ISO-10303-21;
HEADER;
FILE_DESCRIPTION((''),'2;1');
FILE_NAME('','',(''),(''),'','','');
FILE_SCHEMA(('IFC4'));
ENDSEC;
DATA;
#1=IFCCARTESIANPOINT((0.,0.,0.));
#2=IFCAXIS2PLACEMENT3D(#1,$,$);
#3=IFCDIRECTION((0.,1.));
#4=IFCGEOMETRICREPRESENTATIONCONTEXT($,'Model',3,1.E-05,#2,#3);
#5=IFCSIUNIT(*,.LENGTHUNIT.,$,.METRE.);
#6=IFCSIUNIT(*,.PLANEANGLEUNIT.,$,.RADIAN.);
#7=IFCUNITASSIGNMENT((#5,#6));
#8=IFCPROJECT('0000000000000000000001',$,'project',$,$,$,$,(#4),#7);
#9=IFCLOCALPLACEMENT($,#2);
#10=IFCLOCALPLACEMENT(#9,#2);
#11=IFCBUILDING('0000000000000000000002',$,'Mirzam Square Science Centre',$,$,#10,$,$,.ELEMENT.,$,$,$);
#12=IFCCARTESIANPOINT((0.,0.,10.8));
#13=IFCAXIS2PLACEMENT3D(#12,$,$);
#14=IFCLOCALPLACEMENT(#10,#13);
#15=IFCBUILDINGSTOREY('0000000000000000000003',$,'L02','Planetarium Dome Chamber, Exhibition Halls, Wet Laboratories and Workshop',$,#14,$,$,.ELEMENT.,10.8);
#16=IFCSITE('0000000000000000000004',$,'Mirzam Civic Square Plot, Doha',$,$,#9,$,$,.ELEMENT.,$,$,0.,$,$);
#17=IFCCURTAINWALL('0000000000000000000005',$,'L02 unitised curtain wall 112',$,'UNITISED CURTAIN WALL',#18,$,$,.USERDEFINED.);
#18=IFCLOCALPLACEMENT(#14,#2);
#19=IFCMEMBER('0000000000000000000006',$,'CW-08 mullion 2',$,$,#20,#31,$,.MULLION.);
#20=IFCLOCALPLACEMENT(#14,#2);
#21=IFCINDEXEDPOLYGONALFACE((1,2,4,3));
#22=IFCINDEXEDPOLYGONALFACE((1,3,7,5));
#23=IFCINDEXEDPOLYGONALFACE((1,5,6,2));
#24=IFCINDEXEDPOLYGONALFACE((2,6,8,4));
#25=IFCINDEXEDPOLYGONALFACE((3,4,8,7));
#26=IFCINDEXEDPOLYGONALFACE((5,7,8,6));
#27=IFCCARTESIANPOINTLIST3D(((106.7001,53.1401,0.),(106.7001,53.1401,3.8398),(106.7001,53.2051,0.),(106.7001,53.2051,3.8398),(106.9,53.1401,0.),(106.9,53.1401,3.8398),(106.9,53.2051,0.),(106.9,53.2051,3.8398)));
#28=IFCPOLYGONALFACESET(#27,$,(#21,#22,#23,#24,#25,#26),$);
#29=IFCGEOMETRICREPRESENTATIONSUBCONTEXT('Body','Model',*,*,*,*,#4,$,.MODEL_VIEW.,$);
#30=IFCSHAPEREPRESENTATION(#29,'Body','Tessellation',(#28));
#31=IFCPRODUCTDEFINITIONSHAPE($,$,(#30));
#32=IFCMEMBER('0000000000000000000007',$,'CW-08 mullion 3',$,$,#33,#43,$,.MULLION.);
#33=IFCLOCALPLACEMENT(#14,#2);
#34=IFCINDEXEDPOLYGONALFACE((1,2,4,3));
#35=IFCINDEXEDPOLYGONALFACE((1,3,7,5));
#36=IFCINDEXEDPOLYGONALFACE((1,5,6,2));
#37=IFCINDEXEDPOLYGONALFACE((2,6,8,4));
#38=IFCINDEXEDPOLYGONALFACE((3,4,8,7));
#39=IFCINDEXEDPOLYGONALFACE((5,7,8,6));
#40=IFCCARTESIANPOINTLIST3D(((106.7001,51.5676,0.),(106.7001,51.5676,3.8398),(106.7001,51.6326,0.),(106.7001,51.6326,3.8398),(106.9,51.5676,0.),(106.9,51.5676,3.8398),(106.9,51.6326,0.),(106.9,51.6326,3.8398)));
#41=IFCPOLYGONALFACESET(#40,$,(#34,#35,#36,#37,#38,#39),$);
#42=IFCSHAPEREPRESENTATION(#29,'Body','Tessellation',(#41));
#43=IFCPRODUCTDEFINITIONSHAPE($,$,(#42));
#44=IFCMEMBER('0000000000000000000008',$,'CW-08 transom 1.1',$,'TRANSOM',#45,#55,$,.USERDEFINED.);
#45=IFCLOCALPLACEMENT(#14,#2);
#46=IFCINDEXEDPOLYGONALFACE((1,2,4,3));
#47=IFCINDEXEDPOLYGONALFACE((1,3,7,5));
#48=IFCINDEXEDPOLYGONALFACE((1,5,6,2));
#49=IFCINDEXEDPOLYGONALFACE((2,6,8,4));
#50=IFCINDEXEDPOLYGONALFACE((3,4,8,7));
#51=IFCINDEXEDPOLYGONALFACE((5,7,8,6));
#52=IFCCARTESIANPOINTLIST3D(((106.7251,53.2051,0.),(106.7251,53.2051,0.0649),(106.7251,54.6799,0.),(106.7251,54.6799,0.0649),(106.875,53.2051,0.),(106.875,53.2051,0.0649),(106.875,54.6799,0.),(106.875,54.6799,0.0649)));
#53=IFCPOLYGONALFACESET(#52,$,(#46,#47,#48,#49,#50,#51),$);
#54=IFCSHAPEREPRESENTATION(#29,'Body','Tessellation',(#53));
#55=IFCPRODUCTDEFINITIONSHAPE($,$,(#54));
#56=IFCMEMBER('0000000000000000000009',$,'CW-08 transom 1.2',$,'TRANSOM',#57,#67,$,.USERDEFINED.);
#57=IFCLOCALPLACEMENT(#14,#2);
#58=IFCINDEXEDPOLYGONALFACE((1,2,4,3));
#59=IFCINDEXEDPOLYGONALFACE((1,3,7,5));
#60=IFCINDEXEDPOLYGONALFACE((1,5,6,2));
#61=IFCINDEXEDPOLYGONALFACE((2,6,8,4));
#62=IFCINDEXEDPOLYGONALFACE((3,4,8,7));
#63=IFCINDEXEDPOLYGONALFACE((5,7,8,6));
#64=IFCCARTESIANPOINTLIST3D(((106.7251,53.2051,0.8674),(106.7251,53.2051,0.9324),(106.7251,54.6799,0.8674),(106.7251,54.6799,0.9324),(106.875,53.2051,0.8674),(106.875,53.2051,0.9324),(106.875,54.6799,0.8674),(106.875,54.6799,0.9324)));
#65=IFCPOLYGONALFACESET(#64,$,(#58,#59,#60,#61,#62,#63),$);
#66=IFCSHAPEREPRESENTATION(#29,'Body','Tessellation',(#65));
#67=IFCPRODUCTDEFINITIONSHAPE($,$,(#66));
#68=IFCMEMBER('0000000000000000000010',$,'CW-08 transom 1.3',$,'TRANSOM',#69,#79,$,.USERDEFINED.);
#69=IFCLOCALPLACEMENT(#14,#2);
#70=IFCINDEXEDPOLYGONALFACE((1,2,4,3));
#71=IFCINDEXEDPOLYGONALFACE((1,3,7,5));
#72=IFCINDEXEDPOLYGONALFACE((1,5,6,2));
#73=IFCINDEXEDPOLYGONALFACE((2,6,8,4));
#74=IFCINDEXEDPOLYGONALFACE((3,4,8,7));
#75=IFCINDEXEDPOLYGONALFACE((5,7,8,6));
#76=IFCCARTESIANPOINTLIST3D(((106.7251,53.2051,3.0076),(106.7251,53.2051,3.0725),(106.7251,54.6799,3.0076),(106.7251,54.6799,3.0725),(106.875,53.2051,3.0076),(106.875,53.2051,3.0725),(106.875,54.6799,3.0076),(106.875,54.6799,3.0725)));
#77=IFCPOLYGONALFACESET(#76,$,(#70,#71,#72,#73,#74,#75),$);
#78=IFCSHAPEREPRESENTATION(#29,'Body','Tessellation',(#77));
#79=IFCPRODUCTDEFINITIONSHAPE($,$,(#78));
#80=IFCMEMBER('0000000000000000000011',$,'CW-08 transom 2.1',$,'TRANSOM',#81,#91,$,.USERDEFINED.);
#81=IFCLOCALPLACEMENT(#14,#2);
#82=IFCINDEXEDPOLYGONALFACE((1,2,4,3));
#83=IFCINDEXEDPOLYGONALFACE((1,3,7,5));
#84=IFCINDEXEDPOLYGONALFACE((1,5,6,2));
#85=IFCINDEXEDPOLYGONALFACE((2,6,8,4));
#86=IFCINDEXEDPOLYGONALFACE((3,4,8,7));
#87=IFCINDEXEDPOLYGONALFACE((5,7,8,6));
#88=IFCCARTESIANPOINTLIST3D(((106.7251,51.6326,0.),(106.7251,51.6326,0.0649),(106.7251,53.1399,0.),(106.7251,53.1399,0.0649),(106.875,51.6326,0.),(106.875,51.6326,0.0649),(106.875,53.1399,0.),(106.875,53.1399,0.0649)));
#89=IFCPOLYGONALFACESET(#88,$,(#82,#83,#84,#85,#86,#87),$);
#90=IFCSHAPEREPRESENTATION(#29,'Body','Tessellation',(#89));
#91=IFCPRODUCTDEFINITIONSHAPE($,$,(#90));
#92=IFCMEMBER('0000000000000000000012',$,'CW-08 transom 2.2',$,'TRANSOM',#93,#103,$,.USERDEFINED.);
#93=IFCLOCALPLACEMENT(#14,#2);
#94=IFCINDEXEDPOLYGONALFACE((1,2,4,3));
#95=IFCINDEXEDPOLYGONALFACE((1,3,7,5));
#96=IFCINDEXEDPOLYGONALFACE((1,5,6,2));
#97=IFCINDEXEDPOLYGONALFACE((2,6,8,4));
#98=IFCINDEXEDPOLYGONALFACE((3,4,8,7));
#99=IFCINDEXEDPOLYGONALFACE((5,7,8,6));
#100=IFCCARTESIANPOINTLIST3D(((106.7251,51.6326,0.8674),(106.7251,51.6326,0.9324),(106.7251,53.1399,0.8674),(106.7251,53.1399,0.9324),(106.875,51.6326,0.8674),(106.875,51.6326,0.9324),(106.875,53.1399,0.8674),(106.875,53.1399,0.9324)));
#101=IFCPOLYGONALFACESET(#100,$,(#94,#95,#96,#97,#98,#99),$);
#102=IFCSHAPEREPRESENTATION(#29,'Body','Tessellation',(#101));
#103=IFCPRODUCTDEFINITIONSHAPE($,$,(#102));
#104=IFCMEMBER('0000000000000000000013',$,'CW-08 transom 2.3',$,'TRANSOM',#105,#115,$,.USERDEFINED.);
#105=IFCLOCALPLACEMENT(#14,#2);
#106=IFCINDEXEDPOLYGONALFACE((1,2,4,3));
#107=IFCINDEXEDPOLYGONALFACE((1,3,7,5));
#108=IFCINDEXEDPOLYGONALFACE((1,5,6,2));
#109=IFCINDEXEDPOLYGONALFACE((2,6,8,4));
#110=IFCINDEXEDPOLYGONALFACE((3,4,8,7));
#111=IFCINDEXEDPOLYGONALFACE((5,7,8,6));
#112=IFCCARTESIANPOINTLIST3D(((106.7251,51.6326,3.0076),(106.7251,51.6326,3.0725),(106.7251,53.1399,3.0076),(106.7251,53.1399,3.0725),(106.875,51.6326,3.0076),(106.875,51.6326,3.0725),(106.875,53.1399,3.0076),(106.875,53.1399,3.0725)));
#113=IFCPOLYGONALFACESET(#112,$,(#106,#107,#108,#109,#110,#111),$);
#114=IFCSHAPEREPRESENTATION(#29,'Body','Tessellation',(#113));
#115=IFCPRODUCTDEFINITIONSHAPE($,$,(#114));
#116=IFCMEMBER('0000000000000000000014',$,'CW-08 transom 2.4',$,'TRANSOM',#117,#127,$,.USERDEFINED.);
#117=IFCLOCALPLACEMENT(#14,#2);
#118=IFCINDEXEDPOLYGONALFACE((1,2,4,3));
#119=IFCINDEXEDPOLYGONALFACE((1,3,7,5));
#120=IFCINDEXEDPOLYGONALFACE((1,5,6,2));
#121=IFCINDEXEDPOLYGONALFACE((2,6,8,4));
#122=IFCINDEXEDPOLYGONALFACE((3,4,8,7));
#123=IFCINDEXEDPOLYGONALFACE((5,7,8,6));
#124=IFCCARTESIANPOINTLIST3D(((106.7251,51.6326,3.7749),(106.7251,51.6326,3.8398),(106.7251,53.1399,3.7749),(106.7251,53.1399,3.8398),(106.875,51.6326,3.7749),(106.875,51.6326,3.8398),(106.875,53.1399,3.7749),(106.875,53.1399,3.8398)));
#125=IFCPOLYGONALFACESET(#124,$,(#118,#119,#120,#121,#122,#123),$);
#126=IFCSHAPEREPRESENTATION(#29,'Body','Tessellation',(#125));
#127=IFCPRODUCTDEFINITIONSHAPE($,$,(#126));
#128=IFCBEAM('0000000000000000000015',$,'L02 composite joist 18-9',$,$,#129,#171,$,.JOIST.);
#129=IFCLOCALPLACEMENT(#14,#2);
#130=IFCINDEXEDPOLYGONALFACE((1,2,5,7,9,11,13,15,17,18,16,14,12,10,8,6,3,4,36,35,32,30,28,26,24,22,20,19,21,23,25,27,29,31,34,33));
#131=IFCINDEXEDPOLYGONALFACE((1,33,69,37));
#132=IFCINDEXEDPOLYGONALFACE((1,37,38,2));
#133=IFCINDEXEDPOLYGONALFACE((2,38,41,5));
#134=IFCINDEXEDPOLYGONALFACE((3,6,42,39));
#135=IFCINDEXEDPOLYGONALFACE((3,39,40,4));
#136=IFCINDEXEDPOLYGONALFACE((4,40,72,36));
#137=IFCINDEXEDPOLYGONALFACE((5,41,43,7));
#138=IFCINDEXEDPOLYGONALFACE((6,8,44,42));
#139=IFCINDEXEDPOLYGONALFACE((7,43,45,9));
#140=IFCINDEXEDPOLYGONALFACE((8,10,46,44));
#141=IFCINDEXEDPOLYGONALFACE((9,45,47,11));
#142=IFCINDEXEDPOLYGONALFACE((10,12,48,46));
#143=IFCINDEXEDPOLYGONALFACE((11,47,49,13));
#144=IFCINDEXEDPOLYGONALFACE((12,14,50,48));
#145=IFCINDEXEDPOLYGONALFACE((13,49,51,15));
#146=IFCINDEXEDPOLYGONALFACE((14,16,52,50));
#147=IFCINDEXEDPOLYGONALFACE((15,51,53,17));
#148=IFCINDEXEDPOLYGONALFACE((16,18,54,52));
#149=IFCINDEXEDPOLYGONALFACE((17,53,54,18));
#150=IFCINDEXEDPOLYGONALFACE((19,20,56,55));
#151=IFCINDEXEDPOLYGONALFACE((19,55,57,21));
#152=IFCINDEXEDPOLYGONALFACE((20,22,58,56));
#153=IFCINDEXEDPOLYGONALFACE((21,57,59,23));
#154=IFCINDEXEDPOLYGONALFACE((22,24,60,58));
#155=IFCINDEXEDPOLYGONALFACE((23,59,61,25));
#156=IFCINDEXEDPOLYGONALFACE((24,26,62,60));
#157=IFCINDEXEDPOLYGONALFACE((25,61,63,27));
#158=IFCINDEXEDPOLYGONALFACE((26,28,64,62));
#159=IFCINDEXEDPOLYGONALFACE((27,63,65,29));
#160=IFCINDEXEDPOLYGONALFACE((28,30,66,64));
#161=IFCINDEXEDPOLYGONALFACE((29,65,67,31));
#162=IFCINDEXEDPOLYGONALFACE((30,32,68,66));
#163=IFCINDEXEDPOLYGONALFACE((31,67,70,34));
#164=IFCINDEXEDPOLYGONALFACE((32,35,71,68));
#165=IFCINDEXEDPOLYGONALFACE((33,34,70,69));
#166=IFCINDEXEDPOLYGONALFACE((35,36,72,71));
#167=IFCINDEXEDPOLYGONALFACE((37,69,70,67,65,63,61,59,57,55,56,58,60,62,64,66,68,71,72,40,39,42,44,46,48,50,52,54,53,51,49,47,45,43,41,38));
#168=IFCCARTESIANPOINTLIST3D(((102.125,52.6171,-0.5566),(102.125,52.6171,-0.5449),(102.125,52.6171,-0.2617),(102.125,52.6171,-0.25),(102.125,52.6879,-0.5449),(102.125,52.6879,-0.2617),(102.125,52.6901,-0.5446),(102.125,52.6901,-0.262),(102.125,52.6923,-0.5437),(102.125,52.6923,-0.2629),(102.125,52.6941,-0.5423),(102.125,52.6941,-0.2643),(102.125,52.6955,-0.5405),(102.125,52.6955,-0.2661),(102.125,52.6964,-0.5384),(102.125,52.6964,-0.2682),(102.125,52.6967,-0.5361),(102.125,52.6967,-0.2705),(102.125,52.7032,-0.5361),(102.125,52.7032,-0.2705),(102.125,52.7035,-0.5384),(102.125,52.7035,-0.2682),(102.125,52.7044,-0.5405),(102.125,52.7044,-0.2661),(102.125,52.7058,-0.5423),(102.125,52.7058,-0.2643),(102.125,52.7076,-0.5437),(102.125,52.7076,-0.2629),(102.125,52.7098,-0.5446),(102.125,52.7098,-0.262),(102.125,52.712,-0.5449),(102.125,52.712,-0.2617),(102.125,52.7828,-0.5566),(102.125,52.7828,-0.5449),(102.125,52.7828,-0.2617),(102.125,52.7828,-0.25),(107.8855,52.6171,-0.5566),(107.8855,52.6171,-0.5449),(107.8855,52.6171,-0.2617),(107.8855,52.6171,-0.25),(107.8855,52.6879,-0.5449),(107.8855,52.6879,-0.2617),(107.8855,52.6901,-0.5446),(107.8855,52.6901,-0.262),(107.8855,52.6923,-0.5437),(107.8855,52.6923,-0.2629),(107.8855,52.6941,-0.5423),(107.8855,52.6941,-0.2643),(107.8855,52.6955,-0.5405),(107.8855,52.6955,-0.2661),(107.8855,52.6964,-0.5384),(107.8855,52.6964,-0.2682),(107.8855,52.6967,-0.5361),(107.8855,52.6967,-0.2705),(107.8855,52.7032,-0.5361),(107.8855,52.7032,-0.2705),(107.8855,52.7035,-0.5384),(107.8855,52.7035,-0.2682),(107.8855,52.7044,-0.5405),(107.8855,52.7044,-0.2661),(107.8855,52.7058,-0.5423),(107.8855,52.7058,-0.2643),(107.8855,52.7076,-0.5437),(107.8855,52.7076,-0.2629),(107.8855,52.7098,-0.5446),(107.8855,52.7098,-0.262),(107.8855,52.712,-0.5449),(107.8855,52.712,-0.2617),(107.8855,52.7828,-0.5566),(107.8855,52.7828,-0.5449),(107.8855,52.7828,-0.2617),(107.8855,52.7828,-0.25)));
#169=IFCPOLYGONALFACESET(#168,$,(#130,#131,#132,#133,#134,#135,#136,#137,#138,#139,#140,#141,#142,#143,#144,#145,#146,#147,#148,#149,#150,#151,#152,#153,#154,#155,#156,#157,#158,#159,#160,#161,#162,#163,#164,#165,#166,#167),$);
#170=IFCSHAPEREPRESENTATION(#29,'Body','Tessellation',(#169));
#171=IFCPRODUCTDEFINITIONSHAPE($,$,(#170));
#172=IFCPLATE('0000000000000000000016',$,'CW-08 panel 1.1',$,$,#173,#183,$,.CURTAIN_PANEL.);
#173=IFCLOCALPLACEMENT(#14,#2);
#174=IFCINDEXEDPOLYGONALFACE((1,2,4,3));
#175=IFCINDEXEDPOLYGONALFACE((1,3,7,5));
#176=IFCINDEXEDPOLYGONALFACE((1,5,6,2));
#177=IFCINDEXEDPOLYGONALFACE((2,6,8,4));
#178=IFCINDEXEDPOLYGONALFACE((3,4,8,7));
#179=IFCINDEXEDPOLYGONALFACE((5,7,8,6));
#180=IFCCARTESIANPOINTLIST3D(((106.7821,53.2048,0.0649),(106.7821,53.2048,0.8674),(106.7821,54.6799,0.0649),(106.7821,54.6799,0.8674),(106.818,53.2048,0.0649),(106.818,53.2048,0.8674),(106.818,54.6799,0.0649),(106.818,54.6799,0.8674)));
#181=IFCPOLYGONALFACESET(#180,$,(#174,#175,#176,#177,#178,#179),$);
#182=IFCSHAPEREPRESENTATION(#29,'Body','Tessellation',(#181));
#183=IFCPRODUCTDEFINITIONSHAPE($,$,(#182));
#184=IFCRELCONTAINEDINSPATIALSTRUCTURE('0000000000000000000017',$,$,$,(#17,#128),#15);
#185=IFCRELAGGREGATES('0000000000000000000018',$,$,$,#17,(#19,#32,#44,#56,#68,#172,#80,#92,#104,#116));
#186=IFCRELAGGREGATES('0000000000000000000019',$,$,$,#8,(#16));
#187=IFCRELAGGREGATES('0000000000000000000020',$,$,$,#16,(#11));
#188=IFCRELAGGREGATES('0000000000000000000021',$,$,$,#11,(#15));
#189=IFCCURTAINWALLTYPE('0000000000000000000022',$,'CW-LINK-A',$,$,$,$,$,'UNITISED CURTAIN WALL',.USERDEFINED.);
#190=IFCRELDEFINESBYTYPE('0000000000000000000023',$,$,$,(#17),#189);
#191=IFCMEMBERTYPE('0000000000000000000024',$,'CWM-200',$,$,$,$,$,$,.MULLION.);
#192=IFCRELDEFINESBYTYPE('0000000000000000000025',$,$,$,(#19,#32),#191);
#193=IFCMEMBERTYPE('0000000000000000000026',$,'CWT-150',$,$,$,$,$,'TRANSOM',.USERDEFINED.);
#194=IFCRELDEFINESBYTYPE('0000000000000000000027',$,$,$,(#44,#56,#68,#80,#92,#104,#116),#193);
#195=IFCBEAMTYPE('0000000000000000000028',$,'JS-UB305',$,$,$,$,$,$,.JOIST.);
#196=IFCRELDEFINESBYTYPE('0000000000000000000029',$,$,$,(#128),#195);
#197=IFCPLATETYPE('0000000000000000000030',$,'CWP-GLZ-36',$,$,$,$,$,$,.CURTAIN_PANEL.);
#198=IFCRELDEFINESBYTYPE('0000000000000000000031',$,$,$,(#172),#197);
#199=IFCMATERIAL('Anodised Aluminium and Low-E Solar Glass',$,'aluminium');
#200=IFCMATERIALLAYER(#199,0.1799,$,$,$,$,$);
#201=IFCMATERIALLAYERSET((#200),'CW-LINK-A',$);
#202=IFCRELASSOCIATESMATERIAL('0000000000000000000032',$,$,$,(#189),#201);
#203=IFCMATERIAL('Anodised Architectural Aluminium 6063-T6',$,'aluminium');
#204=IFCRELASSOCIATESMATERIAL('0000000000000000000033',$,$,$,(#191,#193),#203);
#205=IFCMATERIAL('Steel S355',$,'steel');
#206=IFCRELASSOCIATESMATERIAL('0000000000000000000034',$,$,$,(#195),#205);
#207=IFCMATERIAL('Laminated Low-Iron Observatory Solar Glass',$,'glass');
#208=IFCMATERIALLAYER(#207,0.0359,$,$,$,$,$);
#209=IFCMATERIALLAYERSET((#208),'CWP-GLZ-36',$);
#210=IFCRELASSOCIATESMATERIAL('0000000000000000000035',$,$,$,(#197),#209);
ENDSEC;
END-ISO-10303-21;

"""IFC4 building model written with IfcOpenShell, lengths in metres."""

from ifc_helpers import new_model, si_unit, direction, frame, origin, origin_2d, place, context, subcontext, project, spatial, rectangle, i_section, extrude, material, layer, layer_set, material_profile, profile_set, type_object, element, aggregate, save


model = new_model("IFC4")

# Units and contexts
model_context = context("Model", 3, precision=1e-05, world=origin(), true_north=direction((0.0, 1.0)))
body_context = subcontext(model_context, "Body", "Model", "MODEL_VIEW")
ifc_project = project(units=[si_unit("LENGTHUNIT", "METRE"), si_unit("PLANEANGLEUNIT", "RADIAN")], contexts=[model_context])

# Site, building, storey
site_placement = place(None, origin())
site = spatial("IfcSite", under=ifc_project, at=site_placement, Name="Mirzam Civic Square Plot, Doha", CompositionType="ELEMENT", RefElevation=0.0)
building_placement = place(site_placement, origin())
building = spatial("IfcBuilding", under=site, at=building_placement, Name="Mirzam Square Science Centre", CompositionType="ELEMENT")
storey_placement = place(building_placement, frame((0.0, 0.0, 10.8)))
storey = spatial("IfcBuildingStorey", under=building, at=storey_placement, Name="L02", Description="Planetarium Dome Chamber, Exhibition Halls, Wet Laboratories and Workshop", CompositionType="ELEMENT", Elevation=10.8)

# Curtain wall, members
ifc_material_1 = material(Name="Anodised Aluminium and Low-E Solar Glass", Category="aluminium")
ifc_layer_1 = layer(ifc_material_1, 0.1799)
ifc_layer_set_1 = layer_set([ifc_layer_1], Name="CW-LINK-A")
curtain_wall_type = type_object("IfcCurtainWallType", Name="CW-LINK-A", ElementType="UNITISED CURTAIN WALL", PredefinedType="USERDEFINED", material=ifc_layer_set_1)
curtain_wall_placement = place(storey_placement, origin())
curtain_wall = element("IfcCurtainWall", 1, at=curtain_wall_placement, inside=storey, type_object=curtain_wall_type, Name="L02 unitised curtain wall 112", ObjectType="UNITISED CURTAIN WALL", PredefinedType="USERDEFINED")
ifc_material_2 = material(Name="Anodised Architectural Aluminium 6063-T6", Category="aluminium")
ifc_material_profile_1 = material_profile(ifc_material_2, rectangle(XDim=0.0649, YDim=0.2, at=origin_2d()), Name="ALU-MULL-200x65x5")
ifc_profile_set_1 = profile_set([ifc_material_profile_1], Name="Anodised Architectural Aluminium 6063-T6")
member_type_1 = type_object("IfcMemberType", Name="CWM-200", PredefinedType="MULLION", material=ifc_profile_set_1)
member_1_placement = place(storey_placement, frame((106.8, 53.1726, 0.0), z_axis=(0.0, 0.0, 1.0), x_axis=(0.0, -1.0, 0.0)))
member_1 = element("IfcMember", 2, at=member_1_placement, type_object=member_type_1, Name="CW-08 mullion 2", PredefinedType="MULLION", context=body_context, shape_type="SweptSolid", body=[
    extrude(rectangle(XDim=0.0649, YDim=0.2, at=origin_2d()), origin(), (0.0, 0.0, 1.0), 3.8398),
])
member_2_placement = place(storey_placement, frame((106.8, 51.6001, 0.0), z_axis=(0.0, 0.0, 1.0), x_axis=(0.0, -1.0, 0.0)))
member_2 = element("IfcMember", 3, at=member_2_placement, type_object=member_type_1, Name="CW-08 mullion 3", PredefinedType="MULLION", context=body_context, shape_type="SweptSolid", body=[
    extrude(rectangle(XDim=0.0649, YDim=0.2, at=origin_2d()), origin(), (0.0, 0.0, 1.0), 3.8398),
])
ifc_material_profile_2 = material_profile(ifc_material_2, rectangle(XDim=0.1499, YDim=0.0649, at=origin_2d()), Name="ALU-TRAN-150x65x4")
ifc_profile_set_2 = profile_set([ifc_material_profile_2], Name="Anodised Architectural Aluminium 6063-T6")
member_type_2 = type_object("IfcMemberType", Name="CWT-150", ElementType="TRANSOM", PredefinedType="USERDEFINED", material=ifc_profile_set_2)
member_3_placement = place(storey_placement, frame((106.8, 54.6799, 0.0325), z_axis=(0.0, -1.0, 0.0), x_axis=(1.0, 0.0, 0.0)))
member_3 = element("IfcMember", 4, at=member_3_placement, type_object=member_type_2, Name="CW-08 transom 1.1", ObjectType="TRANSOM", PredefinedType="USERDEFINED", context=body_context, shape_type="SweptSolid", body=[
    extrude(rectangle(XDim=0.1499, YDim=0.0649, at=origin_2d()), origin(), (0.0, 0.0, 1.0), 1.4749),
])
member_4_placement = place(storey_placement, frame((106.8, 54.6799, 0.8999), z_axis=(0.0, -1.0, 0.0), x_axis=(1.0, 0.0, 0.0)))
member_4 = element("IfcMember", 5, at=member_4_placement, type_object=member_type_2, Name="CW-08 transom 1.2", ObjectType="TRANSOM", PredefinedType="USERDEFINED", context=body_context, shape_type="SweptSolid", body=[
    extrude(rectangle(XDim=0.1499, YDim=0.0649, at=origin_2d()), origin(), (0.0, 0.0, 1.0), 1.4749),
])
member_5_placement = place(storey_placement, frame((106.8, 54.6799, 3.04), z_axis=(0.0, -1.0, 0.0), x_axis=(1.0, 0.0, 0.0)))
member_5 = element("IfcMember", 6, at=member_5_placement, type_object=member_type_2, Name="CW-08 transom 1.3", ObjectType="TRANSOM", PredefinedType="USERDEFINED", context=body_context, shape_type="SweptSolid", body=[
    extrude(rectangle(XDim=0.1499, YDim=0.0649, at=origin_2d()), origin(), (0.0, 0.0, 1.0), 1.4749),
])
member_6_placement = place(storey_placement, frame((106.8, 53.1399, 0.0325), z_axis=(0.0, -1.0, 0.0), x_axis=(1.0, 0.0, 0.0)))
member_6 = element("IfcMember", 7, at=member_6_placement, type_object=member_type_2, Name="CW-08 transom 2.1", ObjectType="TRANSOM", PredefinedType="USERDEFINED", context=body_context, shape_type="SweptSolid", body=[
    extrude(rectangle(XDim=0.1499, YDim=0.0649, at=origin_2d()), origin(), (0.0, 0.0, 1.0), 1.5073),
])
member_7_placement = place(storey_placement, frame((106.8, 53.1399, 0.8999), z_axis=(0.0, -1.0, 0.0), x_axis=(1.0, 0.0, 0.0)))
member_7 = element("IfcMember", 8, at=member_7_placement, type_object=member_type_2, Name="CW-08 transom 2.2", ObjectType="TRANSOM", PredefinedType="USERDEFINED", context=body_context, shape_type="SweptSolid", body=[
    extrude(rectangle(XDim=0.1499, YDim=0.0649, at=origin_2d()), origin(), (0.0, 0.0, 1.0), 1.5073),
])
member_8_placement = place(storey_placement, frame((106.8, 53.1399, 3.04), z_axis=(0.0, -1.0, 0.0), x_axis=(1.0, 0.0, 0.0)))
member_8 = element("IfcMember", 9, at=member_8_placement, type_object=member_type_2, Name="CW-08 transom 2.3", ObjectType="TRANSOM", PredefinedType="USERDEFINED", context=body_context, shape_type="SweptSolid", body=[
    extrude(rectangle(XDim=0.1499, YDim=0.0649, at=origin_2d()), origin(), (0.0, 0.0, 1.0), 1.5073),
])
member_9_placement = place(storey_placement, frame((106.8, 53.1399, 3.8074), z_axis=(0.0, -1.0, 0.0), x_axis=(1.0, 0.0, 0.0)))
member_9 = element("IfcMember", 10, at=member_9_placement, type_object=member_type_2, Name="CW-08 transom 2.4", ObjectType="TRANSOM", PredefinedType="USERDEFINED", context=body_context, shape_type="SweptSolid", body=[
    extrude(rectangle(XDim=0.1499, YDim=0.0649, at=origin_2d()), origin(), (0.0, 0.0, 1.0), 1.5073),
])

# Beam
ifc_material_3 = material(Name="Steel S355", Category="steel")
ifc_material_profile_3 = material_profile(ifc_material_3, i_section(OverallWidth=0.1658, OverallDepth=0.3066, WebThickness=0.0066, FlangeThickness=0.0117, FilletRadius=0.0088, at=origin_2d()), Name="305x165x46UB")
ifc_profile_set_3 = profile_set([ifc_material_profile_3], Name="Steel S355")
beam_type = type_object("IfcBeamType", Name="JS-UB305", PredefinedType="JOIST", material=ifc_profile_set_3)
beam_placement = place(storey_placement, frame((102.125, 52.7, -0.4033), z_axis=(1.0, 0.0, 0.0), x_axis=(0.0, 1.0, 0.0)))
element("IfcBeam", 11, at=beam_placement, inside=storey, type_object=beam_type, Name="L02 composite joist 18-9", PredefinedType="JOIST", context=body_context, shape_type="SweptSolid", body=[
    extrude(i_section(OverallWidth=0.1658, OverallDepth=0.3066, WebThickness=0.0066, FlangeThickness=0.0117, FilletRadius=0.0088, at=origin_2d()), origin(), (0.0, 0.0, 1.0), 5.7605),
])

# Plate
ifc_material_4 = material(Name="Laminated Low-Iron Observatory Solar Glass", Category="glass")
ifc_layer_2 = layer(ifc_material_4, 0.0359)
ifc_layer_set_2 = layer_set([ifc_layer_2], Name="CWP-GLZ-36")
plate_type = type_object("IfcPlateType", Name="CWP-GLZ-36", PredefinedType="CURTAIN_PANEL", material=ifc_layer_set_2)
plate_1_placement = place(storey_placement, frame((106.8, 53.9424, 0.0649), z_axis=(0.0, 0.0, 1.0), x_axis=(0.0, -1.0, 0.0)))
plate_1 = element("IfcPlate", 12, at=plate_1_placement, type_object=plate_type, Name="CW-08 panel 1.1", PredefinedType="CURTAIN_PANEL", context=body_context, shape_type="SweptSolid", body=[
    extrude(rectangle(XDim=1.4751, YDim=0.0359, at=origin_2d()), origin(), (0.0, 0.0, 1.0), 0.8025),
])
aggregate(curtain_wall, [member_1, member_2, member_3, member_4, member_5, plate_1, member_6, member_7, member_8, member_9])

save(model, "model.ifc")
